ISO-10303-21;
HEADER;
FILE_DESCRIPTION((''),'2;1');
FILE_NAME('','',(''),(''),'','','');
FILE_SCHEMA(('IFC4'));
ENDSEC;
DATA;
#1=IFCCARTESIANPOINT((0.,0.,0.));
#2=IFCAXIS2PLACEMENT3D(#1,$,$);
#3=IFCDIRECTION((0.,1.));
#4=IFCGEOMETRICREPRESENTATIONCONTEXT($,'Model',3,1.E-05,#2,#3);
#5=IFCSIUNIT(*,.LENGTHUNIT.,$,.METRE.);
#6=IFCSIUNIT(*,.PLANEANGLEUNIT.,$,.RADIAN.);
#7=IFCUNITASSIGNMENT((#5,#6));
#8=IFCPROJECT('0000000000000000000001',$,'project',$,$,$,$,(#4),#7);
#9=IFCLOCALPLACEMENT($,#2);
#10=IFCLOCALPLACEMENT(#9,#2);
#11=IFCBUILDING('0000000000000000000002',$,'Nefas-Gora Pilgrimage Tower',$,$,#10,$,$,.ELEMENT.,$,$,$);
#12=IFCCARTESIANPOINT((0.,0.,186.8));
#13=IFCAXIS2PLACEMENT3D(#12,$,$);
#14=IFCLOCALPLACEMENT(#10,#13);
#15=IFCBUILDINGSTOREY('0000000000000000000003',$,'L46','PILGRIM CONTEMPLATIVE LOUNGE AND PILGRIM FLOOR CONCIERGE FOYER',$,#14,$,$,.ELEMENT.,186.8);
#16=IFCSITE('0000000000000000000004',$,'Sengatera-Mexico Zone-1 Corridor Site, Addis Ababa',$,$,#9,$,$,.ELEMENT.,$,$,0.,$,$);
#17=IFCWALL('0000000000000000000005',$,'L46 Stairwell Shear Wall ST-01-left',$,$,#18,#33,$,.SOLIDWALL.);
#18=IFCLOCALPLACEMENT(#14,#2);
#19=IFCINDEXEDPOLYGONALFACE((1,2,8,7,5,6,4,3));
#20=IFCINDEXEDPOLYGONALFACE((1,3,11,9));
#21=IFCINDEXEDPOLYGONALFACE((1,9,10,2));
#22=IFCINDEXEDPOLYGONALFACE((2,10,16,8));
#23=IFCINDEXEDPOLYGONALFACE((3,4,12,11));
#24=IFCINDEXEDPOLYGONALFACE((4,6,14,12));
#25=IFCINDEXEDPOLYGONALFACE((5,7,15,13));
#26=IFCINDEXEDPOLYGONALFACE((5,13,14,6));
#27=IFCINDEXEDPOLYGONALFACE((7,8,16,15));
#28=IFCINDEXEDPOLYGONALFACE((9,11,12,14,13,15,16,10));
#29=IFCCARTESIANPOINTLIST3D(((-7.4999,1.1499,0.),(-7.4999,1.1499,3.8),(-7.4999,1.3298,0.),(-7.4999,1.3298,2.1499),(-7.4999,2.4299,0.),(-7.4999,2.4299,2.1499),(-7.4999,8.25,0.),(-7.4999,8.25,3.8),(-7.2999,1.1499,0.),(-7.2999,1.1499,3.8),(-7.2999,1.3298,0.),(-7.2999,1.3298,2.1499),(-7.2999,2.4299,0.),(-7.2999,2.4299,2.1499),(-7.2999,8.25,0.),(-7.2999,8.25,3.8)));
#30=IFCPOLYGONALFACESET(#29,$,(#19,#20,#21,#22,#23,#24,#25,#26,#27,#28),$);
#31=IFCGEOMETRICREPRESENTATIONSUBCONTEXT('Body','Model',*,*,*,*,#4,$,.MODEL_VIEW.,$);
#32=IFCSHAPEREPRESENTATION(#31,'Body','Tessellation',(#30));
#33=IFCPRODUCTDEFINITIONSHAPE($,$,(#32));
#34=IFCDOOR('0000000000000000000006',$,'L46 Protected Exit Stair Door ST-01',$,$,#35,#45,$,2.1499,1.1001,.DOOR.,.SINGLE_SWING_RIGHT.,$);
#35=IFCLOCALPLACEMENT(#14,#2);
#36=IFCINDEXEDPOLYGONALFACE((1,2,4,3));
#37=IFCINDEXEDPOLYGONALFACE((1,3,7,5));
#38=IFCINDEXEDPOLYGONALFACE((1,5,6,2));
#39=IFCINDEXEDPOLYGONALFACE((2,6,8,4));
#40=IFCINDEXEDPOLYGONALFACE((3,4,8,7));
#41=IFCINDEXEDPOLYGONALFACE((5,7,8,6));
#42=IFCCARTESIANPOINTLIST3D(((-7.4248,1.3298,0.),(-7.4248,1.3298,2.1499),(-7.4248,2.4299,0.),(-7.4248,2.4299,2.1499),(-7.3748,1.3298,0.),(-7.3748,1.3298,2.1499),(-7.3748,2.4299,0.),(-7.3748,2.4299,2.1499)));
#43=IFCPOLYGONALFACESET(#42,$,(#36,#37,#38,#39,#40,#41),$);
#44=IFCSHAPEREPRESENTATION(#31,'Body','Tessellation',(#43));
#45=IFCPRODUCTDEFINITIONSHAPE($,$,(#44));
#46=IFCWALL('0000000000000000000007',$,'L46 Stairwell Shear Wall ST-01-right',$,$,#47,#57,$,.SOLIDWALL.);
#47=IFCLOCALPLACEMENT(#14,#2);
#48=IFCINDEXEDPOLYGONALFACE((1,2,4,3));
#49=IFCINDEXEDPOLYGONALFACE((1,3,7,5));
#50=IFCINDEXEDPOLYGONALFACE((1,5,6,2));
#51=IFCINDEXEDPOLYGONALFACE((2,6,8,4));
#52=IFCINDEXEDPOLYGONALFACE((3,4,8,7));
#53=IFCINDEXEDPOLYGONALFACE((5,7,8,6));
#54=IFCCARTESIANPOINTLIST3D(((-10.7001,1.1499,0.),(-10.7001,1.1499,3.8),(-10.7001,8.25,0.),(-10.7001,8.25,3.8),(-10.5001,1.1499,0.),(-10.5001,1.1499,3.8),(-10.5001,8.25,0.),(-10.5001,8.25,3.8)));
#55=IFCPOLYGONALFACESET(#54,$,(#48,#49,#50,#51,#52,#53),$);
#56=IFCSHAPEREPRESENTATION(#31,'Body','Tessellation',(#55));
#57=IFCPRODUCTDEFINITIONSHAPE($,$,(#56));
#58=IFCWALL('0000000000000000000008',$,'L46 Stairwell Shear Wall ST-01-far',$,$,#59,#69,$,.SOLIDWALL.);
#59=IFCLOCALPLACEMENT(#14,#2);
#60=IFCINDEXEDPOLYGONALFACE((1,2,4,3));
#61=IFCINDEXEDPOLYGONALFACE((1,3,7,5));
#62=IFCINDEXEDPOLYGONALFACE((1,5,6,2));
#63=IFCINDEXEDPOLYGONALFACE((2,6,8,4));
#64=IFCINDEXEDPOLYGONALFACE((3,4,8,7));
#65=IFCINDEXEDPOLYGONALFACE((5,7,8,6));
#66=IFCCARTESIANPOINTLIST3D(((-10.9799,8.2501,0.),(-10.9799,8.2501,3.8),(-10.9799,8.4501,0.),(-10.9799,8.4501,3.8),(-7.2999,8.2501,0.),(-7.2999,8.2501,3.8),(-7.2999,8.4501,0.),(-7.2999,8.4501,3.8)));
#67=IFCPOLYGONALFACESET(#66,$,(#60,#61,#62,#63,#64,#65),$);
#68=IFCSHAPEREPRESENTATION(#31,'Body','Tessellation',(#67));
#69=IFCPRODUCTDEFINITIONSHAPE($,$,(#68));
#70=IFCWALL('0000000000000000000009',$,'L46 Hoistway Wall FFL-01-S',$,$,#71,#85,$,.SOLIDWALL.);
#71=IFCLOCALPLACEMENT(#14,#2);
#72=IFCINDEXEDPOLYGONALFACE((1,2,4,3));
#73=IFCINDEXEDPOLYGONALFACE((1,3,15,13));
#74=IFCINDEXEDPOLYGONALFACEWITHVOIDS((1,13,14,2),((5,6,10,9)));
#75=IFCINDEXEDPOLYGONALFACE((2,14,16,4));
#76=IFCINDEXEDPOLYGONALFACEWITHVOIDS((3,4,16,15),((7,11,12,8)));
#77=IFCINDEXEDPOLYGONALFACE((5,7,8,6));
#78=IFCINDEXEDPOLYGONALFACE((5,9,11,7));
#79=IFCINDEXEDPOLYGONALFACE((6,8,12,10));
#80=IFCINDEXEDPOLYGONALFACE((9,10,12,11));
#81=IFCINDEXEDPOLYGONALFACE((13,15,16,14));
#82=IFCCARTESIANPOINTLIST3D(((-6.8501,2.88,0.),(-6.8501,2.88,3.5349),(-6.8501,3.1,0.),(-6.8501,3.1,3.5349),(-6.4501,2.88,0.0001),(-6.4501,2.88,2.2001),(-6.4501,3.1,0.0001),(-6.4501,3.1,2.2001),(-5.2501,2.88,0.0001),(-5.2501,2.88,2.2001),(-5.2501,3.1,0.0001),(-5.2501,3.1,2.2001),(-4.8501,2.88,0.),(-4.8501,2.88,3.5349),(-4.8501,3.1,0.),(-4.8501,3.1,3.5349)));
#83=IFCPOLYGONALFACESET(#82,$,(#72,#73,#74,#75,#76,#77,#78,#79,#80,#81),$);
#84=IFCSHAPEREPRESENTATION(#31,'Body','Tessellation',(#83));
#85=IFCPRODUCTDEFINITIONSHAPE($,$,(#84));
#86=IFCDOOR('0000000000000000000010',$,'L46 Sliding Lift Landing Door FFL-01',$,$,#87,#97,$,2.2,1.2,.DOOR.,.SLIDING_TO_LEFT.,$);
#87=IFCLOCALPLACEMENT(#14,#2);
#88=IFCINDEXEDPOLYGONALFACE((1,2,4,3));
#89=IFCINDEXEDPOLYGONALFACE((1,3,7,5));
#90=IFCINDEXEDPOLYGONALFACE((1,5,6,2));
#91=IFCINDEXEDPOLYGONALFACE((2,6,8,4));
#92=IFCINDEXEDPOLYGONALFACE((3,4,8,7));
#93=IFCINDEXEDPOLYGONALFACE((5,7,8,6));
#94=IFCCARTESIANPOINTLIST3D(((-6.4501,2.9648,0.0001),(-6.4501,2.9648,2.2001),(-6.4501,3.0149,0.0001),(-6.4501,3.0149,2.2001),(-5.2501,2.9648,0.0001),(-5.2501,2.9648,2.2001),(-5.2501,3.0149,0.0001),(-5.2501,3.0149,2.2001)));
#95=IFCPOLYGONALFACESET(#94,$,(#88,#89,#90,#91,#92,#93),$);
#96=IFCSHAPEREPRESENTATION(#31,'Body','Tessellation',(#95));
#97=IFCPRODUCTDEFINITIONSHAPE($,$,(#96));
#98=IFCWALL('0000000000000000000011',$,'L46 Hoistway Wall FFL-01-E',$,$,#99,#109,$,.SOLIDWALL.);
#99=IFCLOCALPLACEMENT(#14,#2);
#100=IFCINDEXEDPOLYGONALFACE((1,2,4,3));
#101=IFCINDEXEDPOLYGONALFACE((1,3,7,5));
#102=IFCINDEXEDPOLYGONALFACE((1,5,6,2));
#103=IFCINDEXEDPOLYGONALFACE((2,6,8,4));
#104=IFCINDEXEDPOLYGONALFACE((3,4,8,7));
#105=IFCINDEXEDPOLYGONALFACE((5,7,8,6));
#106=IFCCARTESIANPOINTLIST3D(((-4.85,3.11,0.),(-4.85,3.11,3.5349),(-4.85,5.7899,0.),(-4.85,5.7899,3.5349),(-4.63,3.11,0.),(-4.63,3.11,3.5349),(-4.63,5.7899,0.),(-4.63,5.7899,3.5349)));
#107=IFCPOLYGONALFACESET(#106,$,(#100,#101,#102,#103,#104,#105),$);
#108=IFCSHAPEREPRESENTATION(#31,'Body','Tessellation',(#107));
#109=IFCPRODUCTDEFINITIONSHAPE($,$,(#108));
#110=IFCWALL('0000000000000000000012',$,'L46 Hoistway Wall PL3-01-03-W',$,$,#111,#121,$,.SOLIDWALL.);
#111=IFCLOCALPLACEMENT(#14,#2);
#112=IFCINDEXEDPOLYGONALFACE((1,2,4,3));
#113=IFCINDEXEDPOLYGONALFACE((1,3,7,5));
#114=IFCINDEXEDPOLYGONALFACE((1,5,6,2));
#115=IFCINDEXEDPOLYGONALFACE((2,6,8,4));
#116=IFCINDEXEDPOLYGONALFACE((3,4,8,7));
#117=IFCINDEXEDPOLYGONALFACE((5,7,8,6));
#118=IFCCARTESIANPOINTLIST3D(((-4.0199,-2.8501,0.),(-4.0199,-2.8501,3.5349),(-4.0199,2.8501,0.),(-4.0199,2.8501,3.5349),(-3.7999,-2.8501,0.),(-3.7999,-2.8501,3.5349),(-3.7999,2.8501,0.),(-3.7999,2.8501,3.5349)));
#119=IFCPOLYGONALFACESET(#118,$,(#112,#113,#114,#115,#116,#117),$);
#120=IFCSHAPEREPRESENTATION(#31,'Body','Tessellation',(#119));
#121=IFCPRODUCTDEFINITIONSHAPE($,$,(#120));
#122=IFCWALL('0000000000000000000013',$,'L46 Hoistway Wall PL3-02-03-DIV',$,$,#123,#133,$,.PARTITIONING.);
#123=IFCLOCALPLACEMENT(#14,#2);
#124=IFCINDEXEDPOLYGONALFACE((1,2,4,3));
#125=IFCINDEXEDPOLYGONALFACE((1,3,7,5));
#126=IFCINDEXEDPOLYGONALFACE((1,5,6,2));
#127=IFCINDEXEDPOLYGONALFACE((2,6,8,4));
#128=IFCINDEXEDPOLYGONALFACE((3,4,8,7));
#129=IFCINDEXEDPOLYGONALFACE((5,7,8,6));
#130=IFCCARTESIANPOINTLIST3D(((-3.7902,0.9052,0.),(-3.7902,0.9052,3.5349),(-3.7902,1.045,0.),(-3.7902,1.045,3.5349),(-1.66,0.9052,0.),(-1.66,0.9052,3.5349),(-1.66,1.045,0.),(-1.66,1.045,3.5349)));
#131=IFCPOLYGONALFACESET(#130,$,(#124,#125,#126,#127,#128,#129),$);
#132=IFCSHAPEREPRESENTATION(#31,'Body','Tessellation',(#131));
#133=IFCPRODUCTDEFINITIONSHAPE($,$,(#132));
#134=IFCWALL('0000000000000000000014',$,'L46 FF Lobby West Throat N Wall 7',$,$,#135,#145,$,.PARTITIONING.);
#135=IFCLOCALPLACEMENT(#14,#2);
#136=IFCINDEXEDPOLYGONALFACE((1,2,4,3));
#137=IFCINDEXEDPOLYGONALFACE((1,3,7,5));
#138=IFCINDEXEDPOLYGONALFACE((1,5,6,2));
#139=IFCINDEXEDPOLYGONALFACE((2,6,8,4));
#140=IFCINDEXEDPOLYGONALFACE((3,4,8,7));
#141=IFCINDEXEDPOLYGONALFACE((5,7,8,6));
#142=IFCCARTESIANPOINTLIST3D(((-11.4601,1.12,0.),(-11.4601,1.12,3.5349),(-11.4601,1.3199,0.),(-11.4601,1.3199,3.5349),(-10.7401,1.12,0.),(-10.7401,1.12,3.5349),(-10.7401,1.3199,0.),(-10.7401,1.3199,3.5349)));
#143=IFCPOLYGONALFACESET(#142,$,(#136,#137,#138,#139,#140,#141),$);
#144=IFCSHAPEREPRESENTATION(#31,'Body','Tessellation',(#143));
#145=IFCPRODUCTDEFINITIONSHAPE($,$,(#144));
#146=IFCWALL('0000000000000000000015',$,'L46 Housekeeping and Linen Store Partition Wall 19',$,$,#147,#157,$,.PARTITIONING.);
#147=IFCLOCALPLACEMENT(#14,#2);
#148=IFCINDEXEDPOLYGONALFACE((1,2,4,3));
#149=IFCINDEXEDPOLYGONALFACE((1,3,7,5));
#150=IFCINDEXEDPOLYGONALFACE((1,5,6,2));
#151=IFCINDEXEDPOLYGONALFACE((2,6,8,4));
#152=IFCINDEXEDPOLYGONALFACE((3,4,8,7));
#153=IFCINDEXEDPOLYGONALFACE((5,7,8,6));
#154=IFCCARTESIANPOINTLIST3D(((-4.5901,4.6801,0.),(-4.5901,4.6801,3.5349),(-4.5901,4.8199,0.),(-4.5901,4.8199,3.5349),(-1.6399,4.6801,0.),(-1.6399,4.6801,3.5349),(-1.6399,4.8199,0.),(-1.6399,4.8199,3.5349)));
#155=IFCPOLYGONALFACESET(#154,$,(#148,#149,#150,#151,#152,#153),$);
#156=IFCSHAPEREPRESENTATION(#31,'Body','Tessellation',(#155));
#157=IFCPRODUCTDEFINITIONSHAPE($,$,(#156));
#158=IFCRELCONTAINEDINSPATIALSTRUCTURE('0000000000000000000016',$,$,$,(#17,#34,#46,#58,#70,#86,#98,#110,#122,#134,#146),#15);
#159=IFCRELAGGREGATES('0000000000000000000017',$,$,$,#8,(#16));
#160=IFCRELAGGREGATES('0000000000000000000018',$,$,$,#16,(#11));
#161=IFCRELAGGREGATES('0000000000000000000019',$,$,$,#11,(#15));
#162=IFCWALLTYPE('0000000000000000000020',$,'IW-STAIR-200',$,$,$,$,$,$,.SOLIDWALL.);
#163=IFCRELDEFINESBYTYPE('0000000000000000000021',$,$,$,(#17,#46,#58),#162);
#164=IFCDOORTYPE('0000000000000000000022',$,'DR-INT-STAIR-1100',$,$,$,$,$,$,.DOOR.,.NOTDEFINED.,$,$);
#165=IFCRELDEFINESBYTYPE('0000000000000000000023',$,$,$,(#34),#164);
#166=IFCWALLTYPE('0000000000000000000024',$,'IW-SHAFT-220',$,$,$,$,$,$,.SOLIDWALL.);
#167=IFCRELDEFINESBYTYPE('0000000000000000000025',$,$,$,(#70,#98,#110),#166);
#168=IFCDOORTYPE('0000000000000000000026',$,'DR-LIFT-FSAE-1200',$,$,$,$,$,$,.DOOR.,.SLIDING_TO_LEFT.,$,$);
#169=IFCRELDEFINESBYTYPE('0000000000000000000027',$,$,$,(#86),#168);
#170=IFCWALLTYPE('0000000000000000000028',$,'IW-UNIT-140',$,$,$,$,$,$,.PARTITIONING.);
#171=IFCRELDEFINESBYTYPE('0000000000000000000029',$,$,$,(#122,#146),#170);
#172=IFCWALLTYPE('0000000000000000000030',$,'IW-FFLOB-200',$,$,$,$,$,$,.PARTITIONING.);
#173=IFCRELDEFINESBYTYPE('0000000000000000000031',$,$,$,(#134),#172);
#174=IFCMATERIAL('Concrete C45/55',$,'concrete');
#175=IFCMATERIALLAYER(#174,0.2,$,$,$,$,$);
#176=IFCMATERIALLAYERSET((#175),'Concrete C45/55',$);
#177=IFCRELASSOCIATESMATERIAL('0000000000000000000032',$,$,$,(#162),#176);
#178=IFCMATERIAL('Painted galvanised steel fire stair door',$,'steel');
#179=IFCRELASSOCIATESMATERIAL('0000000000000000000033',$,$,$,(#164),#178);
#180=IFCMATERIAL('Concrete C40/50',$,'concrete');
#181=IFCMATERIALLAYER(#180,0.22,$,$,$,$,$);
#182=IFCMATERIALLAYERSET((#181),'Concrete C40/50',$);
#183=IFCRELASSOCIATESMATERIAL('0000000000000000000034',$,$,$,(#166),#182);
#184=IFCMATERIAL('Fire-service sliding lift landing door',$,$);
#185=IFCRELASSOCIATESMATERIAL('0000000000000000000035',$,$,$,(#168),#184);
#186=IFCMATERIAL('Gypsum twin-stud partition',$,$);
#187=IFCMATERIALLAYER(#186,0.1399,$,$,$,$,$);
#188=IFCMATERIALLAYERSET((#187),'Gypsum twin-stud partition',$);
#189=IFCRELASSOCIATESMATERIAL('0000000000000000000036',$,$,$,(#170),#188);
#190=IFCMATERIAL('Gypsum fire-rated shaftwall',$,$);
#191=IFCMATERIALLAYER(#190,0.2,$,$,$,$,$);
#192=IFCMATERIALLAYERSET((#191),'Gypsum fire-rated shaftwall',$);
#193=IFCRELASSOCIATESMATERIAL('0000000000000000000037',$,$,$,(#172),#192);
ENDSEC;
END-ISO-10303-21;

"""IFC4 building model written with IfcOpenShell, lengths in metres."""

from ifc_helpers import new_model, si_unit, direction, frame, frame_2d, origin, place, context, subcontext, project, spatial, rectangle, extrude, source, transform, mapped, material, layer, layer_set, type_object, element, fill, save


model = new_model("IFC4")

# Units and contexts
model_context = context("Model", 3, precision=1e-05, world=origin(), true_north=direction((0.0, 1.0)))
body_context = subcontext(model_context, "Body", "Model", "MODEL_VIEW")
ifc_project = project(units=[si_unit("LENGTHUNIT", "METRE"), si_unit("PLANEANGLEUNIT", "RADIAN")], contexts=[model_context])

# Site, building, storey
site_placement = place(None, origin())
site = spatial("IfcSite", under=ifc_project, at=site_placement, Name="Sengatera-Mexico Zone-1 Corridor Site, Addis Ababa", CompositionType="ELEMENT", RefElevation=0.0)
building_placement = place(site_placement, origin())
building = spatial("IfcBuilding", under=site, at=building_placement, Name="Nefas-Gora Pilgrimage Tower", CompositionType="ELEMENT")
storey_placement = place(building_placement, frame((0.0, 0.0, 186.8)))
storey = spatial("IfcBuildingStorey", under=building, at=storey_placement, Name="L46", Description="PILGRIM CONTEMPLATIVE LOUNGE AND PILGRIM FLOOR CONCIERGE FOYER", CompositionType="ELEMENT", Elevation=186.8)

# Shared definitions
ifc_material_1 = material(Name="Concrete C45/55", Category="concrete")
ifc_layer_1 = layer(ifc_material_1, 0.2)
ifc_layer_set_1 = layer_set([ifc_layer_1], Name="Concrete C45/55")
wall_type_1 = type_object("IfcWallType", Name="IW-STAIR-200", PredefinedType="SOLIDWALL", material=ifc_layer_set_1)

# Wall, opening, door
shared_shape_1 = source(origin(), body_context, "Body", "SweptSolid", [
    extrude(rectangle(XDim=7.1001, YDim=0.2, at=frame_2d((3.55, 0.0))), origin(), (0.0, 0.0, 1.0), 3.8),
])
wall_1_placement = place(storey_placement, frame((-7.3999, 1.1499, 0.0), z_axis=(0.0, 0.0, 1.0), x_axis=(0.0, 1.0, 0.0)))
wall_1 = element("IfcWall", 1, at=wall_1_placement, inside=storey, type_object=wall_type_1, Name="L46 Stairwell Shear Wall ST-01-left", PredefinedType="SOLIDWALL", context=body_context, shape_type="MappedRepresentation", body=[
    mapped(shared_shape_1, transform((0.0, 0.0, 0.0), x_axis=(1.0, 0.0, 0.0), y_axis=(0.0, 1.0, 0.0), z_axis=(0.0, 0.0, 1.0), scale=1.0)),
])
opening_1_placement = place(wall_1_placement, frame((0.1799, 0.0, 0.0)))
opening_1 = element("IfcOpeningElement", 2, at=opening_1_placement, cuts=wall_1, PredefinedType="OPENING", context=body_context, shape_type="SweptSolid", body=[
    extrude(rectangle(XDim=1.1001, YDim=2.1499, at=frame_2d((0.55, 1.075))), frame((0.0, 0.1099, 0.0), z_axis=(0.0, -1.0, 0.0), x_axis=(1.0, 0.0, 0.0)), (0.0, 0.0, 1.0), 0.22),
])
ifc_material_2 = material(Name="Painted galvanised steel fire stair door", Category="steel")
door_type_1 = type_object("IfcDoorType", Name="DR-INT-STAIR-1100", OperationType="NOTDEFINED", PredefinedType="DOOR", material=ifc_material_2)
shared_shape_2 = source(origin(), body_context, "Body", "SweptSolid", [
    extrude(rectangle(XDim=1.1001, YDim=2.1499, at=frame_2d((0.55, 1.075))), frame((0.0, 0.0249, 0.0), z_axis=(0.0, -1.0, 0.0), x_axis=(1.0, 0.0, 0.0)), (0.0, 0.0, 1.0), 0.05),
])
door_1_placement = place(opening_1_placement, origin())
door_1 = element("IfcDoor", 3, at=door_1_placement, inside=storey, type_object=door_type_1, Name="L46 Protected Exit Stair Door ST-01", OperationType="SINGLE_SWING_RIGHT", OverallHeight=2.1499, OverallWidth=1.1001, PredefinedType="DOOR", context=body_context, shape_type="MappedRepresentation", body=[
    mapped(shared_shape_2, transform((0.0, 0.0, 0.0), x_axis=(1.0, 0.0, 0.0), y_axis=(0.0, 1.0, 0.0), z_axis=(0.0, 0.0, 1.0), scale=1.0)),
])
fill(opening_1, door_1)

# Walls
wall_2_placement = place(storey_placement, frame((-10.6001, 1.1499, 0.0), z_axis=(0.0, 0.0, 1.0), x_axis=(0.0, 1.0, 0.0)))
element("IfcWall", 4, at=wall_2_placement, inside=storey, type_object=wall_type_1, Name="L46 Stairwell Shear Wall ST-01-right", PredefinedType="SOLIDWALL", context=body_context, shape_type="MappedRepresentation", body=[
    mapped(shared_shape_1, transform((0.0, 0.0, 0.0), x_axis=(1.0, 0.0, 0.0), y_axis=(0.0, 1.0, 0.0), z_axis=(0.0, 0.0, 1.0), scale=1.0)),
])
shared_shape_3 = source(origin(), body_context, "Body", "SweptSolid", [
    extrude(rectangle(XDim=3.6799, YDim=0.2, at=frame_2d((1.8398, 0.0))), origin(), (0.0, 0.0, 1.0), 3.8),
])
wall_3_placement = place(storey_placement, frame((-7.3, 8.3501, 0.0), z_axis=(0.0, 0.0, 1.0), x_axis=(-1.0, 0.0, 0.0)))
element("IfcWall", 5, at=wall_3_placement, inside=storey, type_object=wall_type_1, Name="L46 Stairwell Shear Wall ST-01-far", PredefinedType="SOLIDWALL", context=body_context, shape_type="MappedRepresentation", body=[
    mapped(shared_shape_3, transform((0.0, 0.0, 0.0), x_axis=(1.0, 0.0, 0.0), y_axis=(0.0, 1.0, 0.0), z_axis=(0.0, 0.0, 1.0), scale=1.0)),
])

# Wall, opening, door
ifc_material_3 = material(Name="Concrete C40/50", Category="concrete")
ifc_layer_2 = layer(ifc_material_3, 0.22)
ifc_layer_set_2 = layer_set([ifc_layer_2], Name="Concrete C40/50")
wall_type_2 = type_object("IfcWallType", Name="IW-SHAFT-220", PredefinedType="SOLIDWALL", material=ifc_layer_set_2)
shared_shape_4 = source(origin(), body_context, "Body", "SweptSolid", [
    extrude(rectangle(XDim=2.0, YDim=0.22, at=frame_2d((1.0, 0.0))), origin(), (0.0, 0.0, 1.0), 3.5349),
])
wall_4_placement = place(storey_placement, frame((-6.8501, 2.99, 0.0), z_axis=(0.0, 0.0, 1.0), x_axis=(1.0, 0.0, 0.0)))
wall_4 = element("IfcWall", 6, at=wall_4_placement, inside=storey, type_object=wall_type_2, Name="L46 Hoistway Wall FFL-01-S", PredefinedType="SOLIDWALL", context=body_context, shape_type="MappedRepresentation", body=[
    mapped(shared_shape_4, transform((0.0, 0.0, 0.0), x_axis=(1.0, 0.0, 0.0), y_axis=(0.0, 1.0, 0.0), z_axis=(0.0, 0.0, 1.0), scale=1.0)),
])
opening_2_placement = place(wall_4_placement, frame((0.3999, 0.0, 0.0)))
opening_2 = element("IfcOpeningElement", 7, at=opening_2_placement, cuts=wall_4, PredefinedType="OPENING", context=body_context, shape_type="SweptSolid", body=[
    extrude(rectangle(XDim=1.2, YDim=2.2, at=frame_2d((0.6001, 1.1001))), frame((0.0, 0.1199, 0.0), z_axis=(0.0, -1.0, 0.0), x_axis=(1.0, 0.0, 0.0)), (0.0, 0.0, 1.0), 0.24),
])
ifc_material_4 = material(Name="Fire-service sliding lift landing door")
door_type_2 = type_object("IfcDoorType", Name="DR-LIFT-FSAE-1200", OperationType="SLIDING_TO_LEFT", PredefinedType="DOOR", material=ifc_material_4)
shared_shape_5 = source(origin(), body_context, "Body", "SweptSolid", [
    extrude(rectangle(XDim=1.2, YDim=2.2, at=frame_2d((0.6001, 1.1001))), frame((0.0, 0.0249, 0.0), z_axis=(0.0, -1.0, 0.0), x_axis=(1.0, 0.0, 0.0)), (0.0, 0.0, 1.0), 0.05),
])
door_2_placement = place(opening_2_placement, origin())
door_2 = element("IfcDoor", 8, at=door_2_placement, inside=storey, type_object=door_type_2, Name="L46 Sliding Lift Landing Door FFL-01", OperationType="SLIDING_TO_LEFT", OverallHeight=2.2, OverallWidth=1.2, PredefinedType="DOOR", context=body_context, shape_type="MappedRepresentation", body=[
    mapped(shared_shape_5, transform((0.0, 0.0, 0.0), x_axis=(1.0, 0.0, 0.0), y_axis=(0.0, 1.0, 0.0), z_axis=(0.0, 0.0, 1.0), scale=1.0)),
])
fill(opening_2, door_2)

# Walls
shared_shape_6 = source(origin(), body_context, "Body", "SweptSolid", [
    extrude(rectangle(XDim=2.6799, YDim=0.22, at=frame_2d((1.3398, 0.0))), origin(), (0.0, 0.0, 1.0), 3.5349),
])
wall_5_placement = place(storey_placement, frame((-4.74, 3.1101, 0.0), z_axis=(0.0, 0.0, 1.0), x_axis=(0.0, 1.0, 0.0)))
element("IfcWall", 9, at=wall_5_placement, inside=storey, type_object=wall_type_2, Name="L46 Hoistway Wall FFL-01-E", PredefinedType="SOLIDWALL", context=body_context, shape_type="MappedRepresentation", body=[
    mapped(shared_shape_6, transform((0.0, 0.0, 0.0), x_axis=(1.0, 0.0, 0.0), y_axis=(0.0, 1.0, 0.0), z_axis=(0.0, 0.0, 1.0), scale=1.0)),
])
shared_shape_7 = source(origin(), body_context, "Body", "SweptSolid", [
    extrude(rectangle(XDim=5.7002, YDim=0.22, at=frame_2d((2.8501, 0.0))), origin(), (0.0, 0.0, 1.0), 3.5349),
])
wall_6_placement = place(storey_placement, frame((-3.9099, 2.8501, 0.0), z_axis=(0.0, 0.0, 1.0), x_axis=(0.0, -1.0, 0.0)))
element("IfcWall", 10, at=wall_6_placement, inside=storey, type_object=wall_type_2, Name="L46 Hoistway Wall PL3-01-03-W", PredefinedType="SOLIDWALL", context=body_context, shape_type="MappedRepresentation", body=[
    mapped(shared_shape_7, transform((0.0, 0.0, 0.0), x_axis=(1.0, 0.0, 0.0), y_axis=(0.0, 1.0, 0.0), z_axis=(0.0, 0.0, 1.0), scale=1.0)),
])
ifc_material_5 = material(Name="Gypsum twin-stud partition")
ifc_layer_3 = layer(ifc_material_5, 0.1399)
ifc_layer_set_3 = layer_set([ifc_layer_3], Name="Gypsum twin-stud partition")
wall_type_3 = type_object("IfcWallType", Name="IW-UNIT-140", PredefinedType="PARTITIONING", material=ifc_layer_set_3)
shared_shape_8 = source(origin(), body_context, "Body", "SweptSolid", [
    extrude(rectangle(XDim=2.1301, YDim=0.1399, at=frame_2d((1.0649, 0.0))), origin(), (0.0, 0.0, 1.0), 3.5349),
])
wall_7_placement = place(storey_placement, frame((-3.79, 0.9751, 0.0), z_axis=(0.0, 0.0, 1.0), x_axis=(1.0, 0.0, 0.0)))
element("IfcWall", 11, at=wall_7_placement, inside=storey, type_object=wall_type_3, Name="L46 Hoistway Wall PL3-02-03-DIV", PredefinedType="PARTITIONING", context=body_context, shape_type="MappedRepresentation", body=[
    mapped(shared_shape_8, transform((0.0, 0.0, 0.0), x_axis=(1.0, 0.0, 0.0), y_axis=(0.0, 1.0, 0.0), z_axis=(0.0, 0.0, 1.0), scale=1.0)),
])
ifc_material_6 = material(Name="Gypsum fire-rated shaftwall")
ifc_layer_4 = layer(ifc_material_6, 0.2)
ifc_layer_set_4 = layer_set([ifc_layer_4], Name="Gypsum fire-rated shaftwall")
wall_type_4 = type_object("IfcWallType", Name="IW-FFLOB-200", PredefinedType="PARTITIONING", material=ifc_layer_set_4)
shared_shape_9 = source(origin(), body_context, "Body", "SweptSolid", [
    extrude(rectangle(XDim=0.72, YDim=0.2, at=frame_2d((0.3599, 0.0))), origin(), (0.0, 0.0, 1.0), 3.5349),
])
wall_8_placement = place(storey_placement, frame((-11.46, 1.22, 0.0), z_axis=(0.0, 0.0, 1.0), x_axis=(1.0, 0.0, 0.0)))
element("IfcWall", 12, at=wall_8_placement, inside=storey, type_object=wall_type_4, Name="L46 FF Lobby West Throat N Wall 7", PredefinedType="PARTITIONING", context=body_context, shape_type="MappedRepresentation", body=[
    mapped(shared_shape_9, transform((0.0, 0.0, 0.0), x_axis=(1.0, 0.0, 0.0), y_axis=(0.0, 1.0, 0.0), z_axis=(0.0, 0.0, 1.0), scale=1.0)),
])
shared_shape_10 = source(origin(), body_context, "Body", "SweptSolid", [
    extrude(rectangle(XDim=2.9502, YDim=0.1399, at=frame_2d((1.4751, 0.0))), origin(), (0.0, 0.0, 1.0), 3.5349),
])
wall_9_placement = place(storey_placement, frame((-4.5901, 4.75, 0.0), z_axis=(0.0, 0.0, 1.0), x_axis=(1.0, 0.0, 0.0)))
element("IfcWall", 13, at=wall_9_placement, inside=storey, type_object=wall_type_3, Name="L46 Housekeeping and Linen Store Partition Wall 19", PredefinedType="PARTITIONING", context=body_context, shape_type="MappedRepresentation", body=[
    mapped(shared_shape_10, transform((0.0, 0.0, 0.0), x_axis=(1.0, 0.0, 0.0), y_axis=(0.0, 1.0, 0.0), z_axis=(0.0, 0.0, 1.0), scale=1.0)),
])

save(model, "model.ifc")
